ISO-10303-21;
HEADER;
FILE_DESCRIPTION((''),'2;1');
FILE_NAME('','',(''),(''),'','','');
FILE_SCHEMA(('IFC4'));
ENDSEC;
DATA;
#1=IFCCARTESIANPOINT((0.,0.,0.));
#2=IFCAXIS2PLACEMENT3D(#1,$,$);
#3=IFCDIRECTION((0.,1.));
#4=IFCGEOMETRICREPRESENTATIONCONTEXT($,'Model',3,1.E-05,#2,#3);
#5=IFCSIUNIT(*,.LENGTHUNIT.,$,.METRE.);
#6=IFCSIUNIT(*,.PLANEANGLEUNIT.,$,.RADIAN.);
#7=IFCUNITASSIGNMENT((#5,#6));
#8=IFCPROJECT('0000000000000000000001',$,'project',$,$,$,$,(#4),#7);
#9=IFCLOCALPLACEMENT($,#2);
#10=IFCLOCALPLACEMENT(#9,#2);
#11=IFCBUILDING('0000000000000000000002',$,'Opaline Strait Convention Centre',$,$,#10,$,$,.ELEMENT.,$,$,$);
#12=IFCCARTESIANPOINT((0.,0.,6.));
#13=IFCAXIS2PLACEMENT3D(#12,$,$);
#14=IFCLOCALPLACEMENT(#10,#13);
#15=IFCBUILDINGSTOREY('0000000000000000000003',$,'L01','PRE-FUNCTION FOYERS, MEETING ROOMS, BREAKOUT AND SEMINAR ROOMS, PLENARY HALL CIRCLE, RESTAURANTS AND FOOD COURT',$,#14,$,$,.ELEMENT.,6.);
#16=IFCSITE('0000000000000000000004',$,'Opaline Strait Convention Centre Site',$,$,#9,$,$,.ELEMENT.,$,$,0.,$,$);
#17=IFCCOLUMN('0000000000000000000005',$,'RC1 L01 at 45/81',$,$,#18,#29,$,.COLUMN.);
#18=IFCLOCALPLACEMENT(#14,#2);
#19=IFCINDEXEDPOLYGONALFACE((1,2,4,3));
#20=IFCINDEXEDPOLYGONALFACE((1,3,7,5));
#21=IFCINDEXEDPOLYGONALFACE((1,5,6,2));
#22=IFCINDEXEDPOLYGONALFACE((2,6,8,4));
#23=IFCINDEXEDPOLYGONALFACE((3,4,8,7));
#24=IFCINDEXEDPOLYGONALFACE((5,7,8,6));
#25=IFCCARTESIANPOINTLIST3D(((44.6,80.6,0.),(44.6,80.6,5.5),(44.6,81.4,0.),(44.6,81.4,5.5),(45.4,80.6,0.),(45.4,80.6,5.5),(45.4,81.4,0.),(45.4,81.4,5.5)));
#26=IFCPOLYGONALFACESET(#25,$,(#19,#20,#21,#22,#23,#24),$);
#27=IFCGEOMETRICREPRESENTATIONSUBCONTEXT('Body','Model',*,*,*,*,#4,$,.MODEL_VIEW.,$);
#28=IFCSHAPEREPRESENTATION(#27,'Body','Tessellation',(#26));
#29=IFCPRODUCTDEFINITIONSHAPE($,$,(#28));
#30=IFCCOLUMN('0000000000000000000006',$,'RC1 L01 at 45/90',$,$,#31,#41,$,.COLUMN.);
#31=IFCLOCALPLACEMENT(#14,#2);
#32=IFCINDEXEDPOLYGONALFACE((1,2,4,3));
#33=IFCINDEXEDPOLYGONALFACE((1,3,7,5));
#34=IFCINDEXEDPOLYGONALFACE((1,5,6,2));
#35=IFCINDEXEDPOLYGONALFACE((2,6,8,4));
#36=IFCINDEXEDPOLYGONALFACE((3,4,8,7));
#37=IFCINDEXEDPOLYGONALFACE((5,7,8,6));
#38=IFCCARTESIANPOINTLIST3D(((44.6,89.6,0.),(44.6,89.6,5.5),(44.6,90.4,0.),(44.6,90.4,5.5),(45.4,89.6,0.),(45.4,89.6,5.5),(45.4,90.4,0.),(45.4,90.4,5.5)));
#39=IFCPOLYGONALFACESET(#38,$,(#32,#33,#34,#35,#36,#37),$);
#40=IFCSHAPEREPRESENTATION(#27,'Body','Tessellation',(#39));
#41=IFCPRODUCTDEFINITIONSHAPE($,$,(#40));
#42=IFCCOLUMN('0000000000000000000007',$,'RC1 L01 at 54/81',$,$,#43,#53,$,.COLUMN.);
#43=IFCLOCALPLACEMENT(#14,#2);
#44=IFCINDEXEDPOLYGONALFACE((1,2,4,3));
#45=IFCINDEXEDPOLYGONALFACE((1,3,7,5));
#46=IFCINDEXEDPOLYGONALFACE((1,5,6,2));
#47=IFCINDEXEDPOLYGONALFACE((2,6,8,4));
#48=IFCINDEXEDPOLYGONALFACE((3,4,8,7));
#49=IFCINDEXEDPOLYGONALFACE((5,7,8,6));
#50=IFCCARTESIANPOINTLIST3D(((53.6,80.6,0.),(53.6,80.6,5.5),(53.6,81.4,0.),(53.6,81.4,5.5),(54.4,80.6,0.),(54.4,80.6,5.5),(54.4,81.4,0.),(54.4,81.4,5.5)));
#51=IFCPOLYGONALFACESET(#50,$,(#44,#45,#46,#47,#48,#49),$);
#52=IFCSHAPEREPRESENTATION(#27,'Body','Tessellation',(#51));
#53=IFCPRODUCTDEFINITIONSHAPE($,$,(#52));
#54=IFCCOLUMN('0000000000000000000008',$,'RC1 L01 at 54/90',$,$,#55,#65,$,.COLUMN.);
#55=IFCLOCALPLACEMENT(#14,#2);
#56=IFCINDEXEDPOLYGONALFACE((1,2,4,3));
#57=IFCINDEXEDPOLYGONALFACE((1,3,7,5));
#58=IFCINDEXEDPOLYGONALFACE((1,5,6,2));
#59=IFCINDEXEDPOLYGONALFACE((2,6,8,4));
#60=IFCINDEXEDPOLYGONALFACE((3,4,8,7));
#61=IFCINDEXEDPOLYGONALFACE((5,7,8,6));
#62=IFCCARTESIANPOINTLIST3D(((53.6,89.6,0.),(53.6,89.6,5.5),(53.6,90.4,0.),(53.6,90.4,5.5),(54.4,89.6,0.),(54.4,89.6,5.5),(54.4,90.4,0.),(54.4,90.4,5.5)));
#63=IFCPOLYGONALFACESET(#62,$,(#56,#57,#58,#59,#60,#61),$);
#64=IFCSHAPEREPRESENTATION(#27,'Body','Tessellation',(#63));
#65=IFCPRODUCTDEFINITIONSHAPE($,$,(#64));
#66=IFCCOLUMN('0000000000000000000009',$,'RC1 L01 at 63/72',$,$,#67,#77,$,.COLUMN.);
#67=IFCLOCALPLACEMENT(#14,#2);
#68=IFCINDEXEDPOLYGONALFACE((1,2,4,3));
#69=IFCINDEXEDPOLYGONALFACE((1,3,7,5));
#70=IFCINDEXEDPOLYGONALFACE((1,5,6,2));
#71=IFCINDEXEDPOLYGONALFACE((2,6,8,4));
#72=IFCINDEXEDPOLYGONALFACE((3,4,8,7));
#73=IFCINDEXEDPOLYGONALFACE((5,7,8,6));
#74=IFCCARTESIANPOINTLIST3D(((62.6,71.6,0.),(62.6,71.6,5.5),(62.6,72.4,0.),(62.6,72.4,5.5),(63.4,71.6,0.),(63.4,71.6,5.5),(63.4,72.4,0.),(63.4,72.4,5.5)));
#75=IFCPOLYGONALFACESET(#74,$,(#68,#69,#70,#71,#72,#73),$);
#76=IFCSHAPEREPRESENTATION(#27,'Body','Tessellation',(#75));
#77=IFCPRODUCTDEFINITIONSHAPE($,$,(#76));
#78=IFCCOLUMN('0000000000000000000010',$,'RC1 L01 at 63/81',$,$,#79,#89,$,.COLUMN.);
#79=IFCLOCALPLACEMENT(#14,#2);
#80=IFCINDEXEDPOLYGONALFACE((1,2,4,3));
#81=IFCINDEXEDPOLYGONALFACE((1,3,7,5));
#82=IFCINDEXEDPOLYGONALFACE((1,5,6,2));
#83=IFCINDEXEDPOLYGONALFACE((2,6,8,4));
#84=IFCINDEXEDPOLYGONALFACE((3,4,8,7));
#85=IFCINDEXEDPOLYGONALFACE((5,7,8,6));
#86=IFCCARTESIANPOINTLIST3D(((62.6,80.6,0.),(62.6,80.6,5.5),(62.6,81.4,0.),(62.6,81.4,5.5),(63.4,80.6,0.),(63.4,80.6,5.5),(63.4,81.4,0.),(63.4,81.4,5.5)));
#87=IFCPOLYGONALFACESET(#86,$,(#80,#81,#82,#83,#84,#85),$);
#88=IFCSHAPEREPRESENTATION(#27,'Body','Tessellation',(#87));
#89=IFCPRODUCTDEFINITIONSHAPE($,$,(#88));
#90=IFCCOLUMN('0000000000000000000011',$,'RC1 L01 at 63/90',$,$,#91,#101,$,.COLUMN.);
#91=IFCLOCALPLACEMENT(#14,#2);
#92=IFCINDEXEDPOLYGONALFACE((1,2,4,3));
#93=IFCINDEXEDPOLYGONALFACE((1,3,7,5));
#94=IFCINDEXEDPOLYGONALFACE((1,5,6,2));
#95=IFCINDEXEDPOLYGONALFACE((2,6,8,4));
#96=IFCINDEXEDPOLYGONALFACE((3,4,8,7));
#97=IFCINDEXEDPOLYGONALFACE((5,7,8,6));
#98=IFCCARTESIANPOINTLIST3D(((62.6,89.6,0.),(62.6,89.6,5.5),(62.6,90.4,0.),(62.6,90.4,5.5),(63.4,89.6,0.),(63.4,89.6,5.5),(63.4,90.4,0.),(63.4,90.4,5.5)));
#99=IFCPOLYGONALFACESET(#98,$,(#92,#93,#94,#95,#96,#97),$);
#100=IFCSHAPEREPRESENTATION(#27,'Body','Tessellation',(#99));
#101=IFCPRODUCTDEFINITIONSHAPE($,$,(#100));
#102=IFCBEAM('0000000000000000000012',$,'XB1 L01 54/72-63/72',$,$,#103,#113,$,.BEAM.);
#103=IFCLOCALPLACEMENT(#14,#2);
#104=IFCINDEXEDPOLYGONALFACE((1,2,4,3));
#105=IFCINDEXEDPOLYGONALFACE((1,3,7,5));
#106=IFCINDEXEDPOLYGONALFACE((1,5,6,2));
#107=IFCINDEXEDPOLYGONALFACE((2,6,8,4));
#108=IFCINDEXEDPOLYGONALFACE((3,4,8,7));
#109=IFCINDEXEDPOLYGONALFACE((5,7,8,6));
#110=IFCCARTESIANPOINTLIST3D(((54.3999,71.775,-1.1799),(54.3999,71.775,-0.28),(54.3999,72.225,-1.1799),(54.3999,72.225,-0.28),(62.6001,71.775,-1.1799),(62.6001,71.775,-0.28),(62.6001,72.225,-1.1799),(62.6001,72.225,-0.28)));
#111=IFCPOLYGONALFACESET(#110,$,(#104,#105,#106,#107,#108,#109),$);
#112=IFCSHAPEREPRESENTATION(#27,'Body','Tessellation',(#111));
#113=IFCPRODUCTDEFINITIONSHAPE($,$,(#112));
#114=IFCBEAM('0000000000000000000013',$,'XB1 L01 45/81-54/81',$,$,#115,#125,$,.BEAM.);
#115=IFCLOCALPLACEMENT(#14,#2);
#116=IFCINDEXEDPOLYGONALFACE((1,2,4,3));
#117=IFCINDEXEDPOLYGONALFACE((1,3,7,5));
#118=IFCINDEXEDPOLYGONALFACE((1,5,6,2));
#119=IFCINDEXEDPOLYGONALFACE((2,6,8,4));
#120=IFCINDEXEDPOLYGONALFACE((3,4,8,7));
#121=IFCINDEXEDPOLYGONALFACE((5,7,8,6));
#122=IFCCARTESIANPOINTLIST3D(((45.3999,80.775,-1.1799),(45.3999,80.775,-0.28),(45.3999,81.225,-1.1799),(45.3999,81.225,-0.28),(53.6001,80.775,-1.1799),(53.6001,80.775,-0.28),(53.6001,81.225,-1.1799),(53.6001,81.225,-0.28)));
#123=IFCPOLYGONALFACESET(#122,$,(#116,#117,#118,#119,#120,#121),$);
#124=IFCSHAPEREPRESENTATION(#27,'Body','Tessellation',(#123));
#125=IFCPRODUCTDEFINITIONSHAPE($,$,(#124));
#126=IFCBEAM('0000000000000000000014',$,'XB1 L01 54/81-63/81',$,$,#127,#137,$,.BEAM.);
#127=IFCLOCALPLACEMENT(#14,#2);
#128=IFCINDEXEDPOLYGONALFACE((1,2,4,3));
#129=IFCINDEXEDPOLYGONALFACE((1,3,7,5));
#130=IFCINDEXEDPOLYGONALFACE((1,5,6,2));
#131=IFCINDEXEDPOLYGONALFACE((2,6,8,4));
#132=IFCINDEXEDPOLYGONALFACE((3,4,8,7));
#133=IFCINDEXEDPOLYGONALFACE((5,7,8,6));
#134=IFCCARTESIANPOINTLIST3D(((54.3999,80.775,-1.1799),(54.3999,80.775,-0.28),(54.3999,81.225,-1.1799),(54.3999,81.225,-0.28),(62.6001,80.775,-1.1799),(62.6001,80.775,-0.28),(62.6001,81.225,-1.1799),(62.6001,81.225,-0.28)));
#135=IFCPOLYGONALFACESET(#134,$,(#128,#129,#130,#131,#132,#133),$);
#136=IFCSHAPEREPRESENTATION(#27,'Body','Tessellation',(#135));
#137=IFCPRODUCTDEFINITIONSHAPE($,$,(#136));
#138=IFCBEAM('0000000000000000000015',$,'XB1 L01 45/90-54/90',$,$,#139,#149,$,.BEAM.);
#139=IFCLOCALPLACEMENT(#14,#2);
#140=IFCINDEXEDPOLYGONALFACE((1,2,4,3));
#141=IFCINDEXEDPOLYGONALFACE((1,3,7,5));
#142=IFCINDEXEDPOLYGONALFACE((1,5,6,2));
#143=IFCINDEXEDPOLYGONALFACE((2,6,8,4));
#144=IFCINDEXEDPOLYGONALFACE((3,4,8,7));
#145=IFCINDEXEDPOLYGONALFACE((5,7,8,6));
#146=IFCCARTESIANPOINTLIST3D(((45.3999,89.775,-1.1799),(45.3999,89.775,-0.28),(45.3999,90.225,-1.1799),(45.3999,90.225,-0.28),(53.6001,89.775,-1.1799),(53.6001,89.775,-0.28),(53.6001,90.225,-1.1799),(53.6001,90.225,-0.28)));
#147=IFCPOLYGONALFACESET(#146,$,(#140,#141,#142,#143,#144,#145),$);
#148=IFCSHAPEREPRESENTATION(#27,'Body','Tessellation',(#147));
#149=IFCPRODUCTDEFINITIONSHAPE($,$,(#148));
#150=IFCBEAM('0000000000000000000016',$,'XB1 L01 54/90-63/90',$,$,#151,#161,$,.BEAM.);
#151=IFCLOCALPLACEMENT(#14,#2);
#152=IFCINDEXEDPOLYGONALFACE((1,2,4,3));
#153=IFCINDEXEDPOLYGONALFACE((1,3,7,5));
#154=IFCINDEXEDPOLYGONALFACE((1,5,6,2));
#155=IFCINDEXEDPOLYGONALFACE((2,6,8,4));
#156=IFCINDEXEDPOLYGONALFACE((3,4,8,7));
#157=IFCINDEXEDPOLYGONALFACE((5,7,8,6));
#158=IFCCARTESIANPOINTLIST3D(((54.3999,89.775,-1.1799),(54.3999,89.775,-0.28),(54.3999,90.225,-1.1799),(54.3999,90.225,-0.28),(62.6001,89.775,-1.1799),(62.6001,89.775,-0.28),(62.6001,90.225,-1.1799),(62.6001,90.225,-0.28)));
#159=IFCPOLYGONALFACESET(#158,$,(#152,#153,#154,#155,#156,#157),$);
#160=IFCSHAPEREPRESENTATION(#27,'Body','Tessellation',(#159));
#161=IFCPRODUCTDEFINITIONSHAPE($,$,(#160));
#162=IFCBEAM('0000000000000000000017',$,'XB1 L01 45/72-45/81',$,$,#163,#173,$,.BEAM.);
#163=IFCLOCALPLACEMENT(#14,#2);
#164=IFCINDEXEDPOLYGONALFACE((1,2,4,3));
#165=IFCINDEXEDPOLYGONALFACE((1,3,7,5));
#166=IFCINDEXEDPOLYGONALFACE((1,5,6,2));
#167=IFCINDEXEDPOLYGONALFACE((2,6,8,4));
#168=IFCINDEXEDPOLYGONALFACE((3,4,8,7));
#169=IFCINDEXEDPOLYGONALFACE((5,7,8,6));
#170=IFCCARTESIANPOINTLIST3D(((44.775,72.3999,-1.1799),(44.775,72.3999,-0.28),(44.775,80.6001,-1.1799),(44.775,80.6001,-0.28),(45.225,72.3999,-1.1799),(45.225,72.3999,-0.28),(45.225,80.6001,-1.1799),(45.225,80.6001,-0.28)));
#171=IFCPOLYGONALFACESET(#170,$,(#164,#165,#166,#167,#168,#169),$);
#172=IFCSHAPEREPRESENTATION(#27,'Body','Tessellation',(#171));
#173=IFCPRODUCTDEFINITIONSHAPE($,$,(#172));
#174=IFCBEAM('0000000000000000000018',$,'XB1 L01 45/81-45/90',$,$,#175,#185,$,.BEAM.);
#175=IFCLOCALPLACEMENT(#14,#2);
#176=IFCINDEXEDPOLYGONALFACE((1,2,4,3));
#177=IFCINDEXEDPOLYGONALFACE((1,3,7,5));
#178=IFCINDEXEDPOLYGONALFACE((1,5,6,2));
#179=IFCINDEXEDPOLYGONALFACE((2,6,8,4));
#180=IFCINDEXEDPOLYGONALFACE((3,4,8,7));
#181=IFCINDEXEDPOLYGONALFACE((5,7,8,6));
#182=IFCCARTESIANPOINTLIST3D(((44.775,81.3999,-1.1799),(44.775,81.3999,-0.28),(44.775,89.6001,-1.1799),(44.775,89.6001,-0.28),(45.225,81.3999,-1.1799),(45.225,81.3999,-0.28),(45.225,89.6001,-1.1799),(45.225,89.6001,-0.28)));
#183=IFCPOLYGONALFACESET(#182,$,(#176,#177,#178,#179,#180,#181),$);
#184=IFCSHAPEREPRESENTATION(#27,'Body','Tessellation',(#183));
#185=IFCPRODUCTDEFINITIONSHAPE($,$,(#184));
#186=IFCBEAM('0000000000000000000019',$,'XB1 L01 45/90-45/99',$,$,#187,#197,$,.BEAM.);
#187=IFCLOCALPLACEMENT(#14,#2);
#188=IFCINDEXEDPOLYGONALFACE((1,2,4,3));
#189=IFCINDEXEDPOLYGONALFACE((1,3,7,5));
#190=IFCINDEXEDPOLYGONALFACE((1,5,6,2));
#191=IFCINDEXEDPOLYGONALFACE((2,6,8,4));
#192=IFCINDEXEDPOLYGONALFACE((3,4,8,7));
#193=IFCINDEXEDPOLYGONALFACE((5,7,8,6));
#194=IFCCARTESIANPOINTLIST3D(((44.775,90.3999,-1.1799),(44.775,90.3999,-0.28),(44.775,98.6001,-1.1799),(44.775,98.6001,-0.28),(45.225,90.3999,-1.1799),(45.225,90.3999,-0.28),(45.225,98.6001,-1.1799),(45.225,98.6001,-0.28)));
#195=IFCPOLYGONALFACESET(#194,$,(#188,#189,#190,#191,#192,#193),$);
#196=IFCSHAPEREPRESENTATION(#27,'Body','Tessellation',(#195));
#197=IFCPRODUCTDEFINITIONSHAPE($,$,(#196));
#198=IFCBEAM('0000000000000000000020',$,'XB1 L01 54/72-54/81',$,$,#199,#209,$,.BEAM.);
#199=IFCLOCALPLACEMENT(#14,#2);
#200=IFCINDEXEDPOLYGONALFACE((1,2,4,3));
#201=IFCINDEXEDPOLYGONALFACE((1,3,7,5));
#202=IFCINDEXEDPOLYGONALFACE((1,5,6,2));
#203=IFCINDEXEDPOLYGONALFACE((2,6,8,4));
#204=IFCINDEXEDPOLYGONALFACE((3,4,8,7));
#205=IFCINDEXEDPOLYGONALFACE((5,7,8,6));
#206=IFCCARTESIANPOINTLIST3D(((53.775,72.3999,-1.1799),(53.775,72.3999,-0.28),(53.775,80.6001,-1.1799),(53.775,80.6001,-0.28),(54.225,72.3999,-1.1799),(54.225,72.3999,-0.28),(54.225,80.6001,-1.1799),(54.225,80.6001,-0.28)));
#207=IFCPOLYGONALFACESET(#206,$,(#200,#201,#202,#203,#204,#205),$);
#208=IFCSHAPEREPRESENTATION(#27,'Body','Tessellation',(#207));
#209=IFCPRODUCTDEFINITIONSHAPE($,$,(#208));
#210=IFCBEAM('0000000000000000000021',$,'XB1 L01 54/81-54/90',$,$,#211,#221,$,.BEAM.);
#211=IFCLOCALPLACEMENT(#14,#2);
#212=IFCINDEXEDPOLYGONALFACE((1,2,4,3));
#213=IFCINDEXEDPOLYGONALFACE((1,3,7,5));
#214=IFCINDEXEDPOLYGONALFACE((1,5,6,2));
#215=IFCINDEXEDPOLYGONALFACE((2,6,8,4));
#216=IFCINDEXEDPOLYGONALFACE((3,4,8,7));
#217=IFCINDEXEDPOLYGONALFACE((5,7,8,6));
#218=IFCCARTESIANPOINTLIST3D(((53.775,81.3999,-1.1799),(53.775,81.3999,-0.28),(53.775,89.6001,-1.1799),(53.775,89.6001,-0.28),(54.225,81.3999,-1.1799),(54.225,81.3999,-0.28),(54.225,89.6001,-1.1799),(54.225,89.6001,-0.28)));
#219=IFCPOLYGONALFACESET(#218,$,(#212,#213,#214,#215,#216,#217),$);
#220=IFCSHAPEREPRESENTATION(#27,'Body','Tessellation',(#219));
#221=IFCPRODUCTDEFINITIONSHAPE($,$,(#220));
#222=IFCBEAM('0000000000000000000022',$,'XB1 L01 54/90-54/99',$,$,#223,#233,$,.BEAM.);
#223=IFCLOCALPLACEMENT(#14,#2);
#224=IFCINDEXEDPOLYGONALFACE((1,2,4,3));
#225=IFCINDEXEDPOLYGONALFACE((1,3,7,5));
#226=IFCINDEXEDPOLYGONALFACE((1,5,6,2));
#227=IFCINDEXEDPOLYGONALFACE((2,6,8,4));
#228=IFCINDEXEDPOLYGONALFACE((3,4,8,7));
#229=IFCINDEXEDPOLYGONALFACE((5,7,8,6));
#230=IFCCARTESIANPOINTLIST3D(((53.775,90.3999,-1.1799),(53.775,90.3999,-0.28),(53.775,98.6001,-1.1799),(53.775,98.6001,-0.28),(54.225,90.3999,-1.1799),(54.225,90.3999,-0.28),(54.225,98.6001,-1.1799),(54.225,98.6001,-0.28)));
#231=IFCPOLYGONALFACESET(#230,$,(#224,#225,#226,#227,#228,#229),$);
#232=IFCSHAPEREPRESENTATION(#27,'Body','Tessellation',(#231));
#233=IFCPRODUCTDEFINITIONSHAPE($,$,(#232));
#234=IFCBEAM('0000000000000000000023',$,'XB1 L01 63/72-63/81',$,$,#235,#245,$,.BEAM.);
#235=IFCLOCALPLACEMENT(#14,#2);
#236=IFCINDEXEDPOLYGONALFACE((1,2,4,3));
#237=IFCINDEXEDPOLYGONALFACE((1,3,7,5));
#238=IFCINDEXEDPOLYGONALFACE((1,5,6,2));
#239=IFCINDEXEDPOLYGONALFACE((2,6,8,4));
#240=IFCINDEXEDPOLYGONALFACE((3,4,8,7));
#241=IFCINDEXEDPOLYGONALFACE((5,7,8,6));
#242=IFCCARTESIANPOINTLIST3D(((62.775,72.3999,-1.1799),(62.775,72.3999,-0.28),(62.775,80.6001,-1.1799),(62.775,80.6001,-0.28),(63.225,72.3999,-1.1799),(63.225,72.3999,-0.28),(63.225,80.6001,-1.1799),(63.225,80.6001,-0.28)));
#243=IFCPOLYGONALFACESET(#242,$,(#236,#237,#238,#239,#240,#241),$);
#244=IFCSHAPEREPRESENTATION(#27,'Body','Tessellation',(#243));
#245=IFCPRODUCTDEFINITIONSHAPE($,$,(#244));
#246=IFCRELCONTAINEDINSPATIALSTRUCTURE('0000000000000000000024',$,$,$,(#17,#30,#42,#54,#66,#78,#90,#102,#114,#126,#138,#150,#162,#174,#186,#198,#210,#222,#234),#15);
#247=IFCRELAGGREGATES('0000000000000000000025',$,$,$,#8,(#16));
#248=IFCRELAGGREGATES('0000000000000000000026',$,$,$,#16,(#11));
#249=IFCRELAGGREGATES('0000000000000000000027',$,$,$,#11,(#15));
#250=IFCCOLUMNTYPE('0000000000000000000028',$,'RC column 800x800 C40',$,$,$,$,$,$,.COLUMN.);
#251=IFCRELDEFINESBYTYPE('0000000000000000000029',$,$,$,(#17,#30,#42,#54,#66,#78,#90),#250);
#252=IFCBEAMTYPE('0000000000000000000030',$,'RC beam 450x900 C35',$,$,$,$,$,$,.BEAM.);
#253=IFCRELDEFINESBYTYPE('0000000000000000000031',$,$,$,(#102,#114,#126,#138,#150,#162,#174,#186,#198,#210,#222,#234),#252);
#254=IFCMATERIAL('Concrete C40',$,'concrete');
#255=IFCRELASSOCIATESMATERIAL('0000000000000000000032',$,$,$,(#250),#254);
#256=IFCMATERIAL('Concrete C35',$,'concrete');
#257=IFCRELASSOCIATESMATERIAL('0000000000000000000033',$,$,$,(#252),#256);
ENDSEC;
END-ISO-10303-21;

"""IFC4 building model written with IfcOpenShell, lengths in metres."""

from ifc_helpers import new_model, si_unit, direction, frame, origin, origin_2d, place, context, subcontext, project, spatial, rectangle, extrude, material, material_profile, profile_set, type_object, element, save


model = new_model("IFC4")

# Units and contexts
model_context = context("Model", 3, precision=1e-05, world=origin(), true_north=direction((0.0, 1.0)))
body_context = subcontext(model_context, "Body", "Model", "MODEL_VIEW")
ifc_project = project(units=[si_unit("LENGTHUNIT", "METRE"), si_unit("PLANEANGLEUNIT", "RADIAN")], contexts=[model_context])

# Site, building, storey
site_placement = place(None, origin())
site = spatial("IfcSite", under=ifc_project, at=site_placement, Name="Opaline Strait Convention Centre Site", CompositionType="ELEMENT", RefElevation=0.0)
building_placement = place(site_placement, origin())
building = spatial("IfcBuilding", under=site, at=building_placement, Name="Opaline Strait Convention Centre", CompositionType="ELEMENT")
storey_placement = place(building_placement, frame((0.0, 0.0, 6.0)))
storey = spatial("IfcBuildingStorey", under=building, at=storey_placement, Name="L01", Description="PRE-FUNCTION FOYERS, MEETING ROOMS, BREAKOUT AND SEMINAR ROOMS, PLENARY HALL CIRCLE, RESTAURANTS AND FOOD COURT", CompositionType="ELEMENT", Elevation=6.0)

# Columns
ifc_material_1 = material(Name="Concrete C40", Category="concrete")
ifc_material_profile_1 = material_profile(ifc_material_1, rectangle(XDim=0.8, YDim=0.8, at=origin_2d()), Name="RC 800x800")
ifc_profile_set_1 = profile_set([ifc_material_profile_1], Name="Concrete C40")
column_type = type_object("IfcColumnType", Name="RC column 800x800 C40", PredefinedType="COLUMN", material=ifc_profile_set_1)
for number, where, z_axis, x_axis, name in (
    (1, (45.0, 81.0, 0.0), (0.0, 0.0, 1.0), (1.0, 0.0, 0.0), "RC1 L01 at 45/81"),
    (2, (45.0, 90.0, 0.0), (0.0, 0.0, 1.0), (1.0, 0.0, 0.0), "RC1 L01 at 45/90"),
    (3, (54.0, 81.0, 0.0), (0.0, 0.0, 1.0), (1.0, 0.0, 0.0), "RC1 L01 at 54/81"),
    (4, (54.0, 90.0, 0.0), (0.0, 0.0, 1.0), (1.0, 0.0, 0.0), "RC1 L01 at 54/90"),
    (5, (63.0, 72.0, 0.0), (0.0, 0.0, 1.0), (1.0, 0.0, 0.0), "RC1 L01 at 63/72"),
    (6, (63.0, 81.0, 0.0), (0.0, 0.0, 1.0), (1.0, 0.0, 0.0), "RC1 L01 at 63/81"),
    (7, (63.0, 90.0, 0.0), (0.0, 0.0, 1.0), (1.0, 0.0, 0.0), "RC1 L01 at 63/90"),
):
    element("IfcColumn", number, at=place(storey_placement, frame(where, z_axis=z_axis, x_axis=x_axis)), inside=storey, type_object=column_type, Name=name, PredefinedType="COLUMN", context=body_context, shape_type="SweptSolid", body=[
        extrude(rectangle(XDim=0.8, YDim=0.8, at=origin_2d()), origin(), (0.0, 0.0, 1.0), 5.5),
    ])

# Beams
ifc_material_2 = material(Name="Concrete C35", Category="concrete")
ifc_material_profile_2 = material_profile(ifc_material_2, rectangle(XDim=0.45, YDim=0.8999, at=origin_2d()), Name="RC 450x900")
ifc_profile_set_2 = profile_set([ifc_material_profile_2], Name="Concrete C35")
beam_type = type_object("IfcBeamType", Name="RC beam 450x900 C35", PredefinedType="BEAM", material=ifc_profile_set_2)
for number, where, z_axis, x_axis, name in (
    (8, (54.3999, 72.0, -0.73), (1.0, 0.0, 0.0), (0.0, 1.0, 0.0), "XB1 L01 54/72-63/72"),
    (9, (45.3999, 81.0, -0.73), (1.0, 0.0, 0.0), (0.0, 1.0, 0.0), "XB1 L01 45/81-54/81"),
    (10, (54.3999, 81.0, -0.73), (1.0, 0.0, 0.0), (0.0, 1.0, 0.0), "XB1 L01 54/81-63/81"),
    (11, (45.3999, 90.0, -0.73), (1.0, 0.0, 0.0), (0.0, 1.0, 0.0), "XB1 L01 45/90-54/90"),
    (12, (54.3999, 90.0, -0.73), (1.0, 0.0, 0.0), (0.0, 1.0, 0.0), "XB1 L01 54/90-63/90"),
    (13, (45.0, 72.3999, -0.73), (0.0, 1.0, 0.0), (-1.0, 0.0, 0.0), "XB1 L01 45/72-45/81"),
    (14, (45.0, 81.3999, -0.73), (0.0, 1.0, 0.0), (-1.0, 0.0, 0.0), "XB1 L01 45/81-45/90"),
    (15, (45.0, 90.3999, -0.73), (0.0, 1.0, 0.0), (-1.0, 0.0, 0.0), "XB1 L01 45/90-45/99"),
    (16, (54.0, 72.3999, -0.73), (0.0, 1.0, 0.0), (-1.0, 0.0, 0.0), "XB1 L01 54/72-54/81"),
    (17, (54.0, 81.3999, -0.73), (0.0, 1.0, 0.0), (-1.0, 0.0, 0.0), "XB1 L01 54/81-54/90"),
    (18, (54.0, 90.3999, -0.73), (0.0, 1.0, 0.0), (-1.0, 0.0, 0.0), "XB1 L01 54/90-54/99"),
    (19, (63.0, 72.3999, -0.73), (0.0, 1.0, 0.0), (-1.0, 0.0, 0.0), "XB1 L01 63/72-63/81"),
):
    element("IfcBeam", number, at=place(storey_placement, frame(where, z_axis=z_axis, x_axis=x_axis)), inside=storey, type_object=beam_type, Name=name, PredefinedType="BEAM", context=body_context, shape_type="SweptSolid", body=[
        extrude(rectangle(XDim=0.45, YDim=0.8999, at=origin_2d()), origin(), (0.0, 0.0, 1.0), 8.2002),
    ])

save(model, "model.ifc")
